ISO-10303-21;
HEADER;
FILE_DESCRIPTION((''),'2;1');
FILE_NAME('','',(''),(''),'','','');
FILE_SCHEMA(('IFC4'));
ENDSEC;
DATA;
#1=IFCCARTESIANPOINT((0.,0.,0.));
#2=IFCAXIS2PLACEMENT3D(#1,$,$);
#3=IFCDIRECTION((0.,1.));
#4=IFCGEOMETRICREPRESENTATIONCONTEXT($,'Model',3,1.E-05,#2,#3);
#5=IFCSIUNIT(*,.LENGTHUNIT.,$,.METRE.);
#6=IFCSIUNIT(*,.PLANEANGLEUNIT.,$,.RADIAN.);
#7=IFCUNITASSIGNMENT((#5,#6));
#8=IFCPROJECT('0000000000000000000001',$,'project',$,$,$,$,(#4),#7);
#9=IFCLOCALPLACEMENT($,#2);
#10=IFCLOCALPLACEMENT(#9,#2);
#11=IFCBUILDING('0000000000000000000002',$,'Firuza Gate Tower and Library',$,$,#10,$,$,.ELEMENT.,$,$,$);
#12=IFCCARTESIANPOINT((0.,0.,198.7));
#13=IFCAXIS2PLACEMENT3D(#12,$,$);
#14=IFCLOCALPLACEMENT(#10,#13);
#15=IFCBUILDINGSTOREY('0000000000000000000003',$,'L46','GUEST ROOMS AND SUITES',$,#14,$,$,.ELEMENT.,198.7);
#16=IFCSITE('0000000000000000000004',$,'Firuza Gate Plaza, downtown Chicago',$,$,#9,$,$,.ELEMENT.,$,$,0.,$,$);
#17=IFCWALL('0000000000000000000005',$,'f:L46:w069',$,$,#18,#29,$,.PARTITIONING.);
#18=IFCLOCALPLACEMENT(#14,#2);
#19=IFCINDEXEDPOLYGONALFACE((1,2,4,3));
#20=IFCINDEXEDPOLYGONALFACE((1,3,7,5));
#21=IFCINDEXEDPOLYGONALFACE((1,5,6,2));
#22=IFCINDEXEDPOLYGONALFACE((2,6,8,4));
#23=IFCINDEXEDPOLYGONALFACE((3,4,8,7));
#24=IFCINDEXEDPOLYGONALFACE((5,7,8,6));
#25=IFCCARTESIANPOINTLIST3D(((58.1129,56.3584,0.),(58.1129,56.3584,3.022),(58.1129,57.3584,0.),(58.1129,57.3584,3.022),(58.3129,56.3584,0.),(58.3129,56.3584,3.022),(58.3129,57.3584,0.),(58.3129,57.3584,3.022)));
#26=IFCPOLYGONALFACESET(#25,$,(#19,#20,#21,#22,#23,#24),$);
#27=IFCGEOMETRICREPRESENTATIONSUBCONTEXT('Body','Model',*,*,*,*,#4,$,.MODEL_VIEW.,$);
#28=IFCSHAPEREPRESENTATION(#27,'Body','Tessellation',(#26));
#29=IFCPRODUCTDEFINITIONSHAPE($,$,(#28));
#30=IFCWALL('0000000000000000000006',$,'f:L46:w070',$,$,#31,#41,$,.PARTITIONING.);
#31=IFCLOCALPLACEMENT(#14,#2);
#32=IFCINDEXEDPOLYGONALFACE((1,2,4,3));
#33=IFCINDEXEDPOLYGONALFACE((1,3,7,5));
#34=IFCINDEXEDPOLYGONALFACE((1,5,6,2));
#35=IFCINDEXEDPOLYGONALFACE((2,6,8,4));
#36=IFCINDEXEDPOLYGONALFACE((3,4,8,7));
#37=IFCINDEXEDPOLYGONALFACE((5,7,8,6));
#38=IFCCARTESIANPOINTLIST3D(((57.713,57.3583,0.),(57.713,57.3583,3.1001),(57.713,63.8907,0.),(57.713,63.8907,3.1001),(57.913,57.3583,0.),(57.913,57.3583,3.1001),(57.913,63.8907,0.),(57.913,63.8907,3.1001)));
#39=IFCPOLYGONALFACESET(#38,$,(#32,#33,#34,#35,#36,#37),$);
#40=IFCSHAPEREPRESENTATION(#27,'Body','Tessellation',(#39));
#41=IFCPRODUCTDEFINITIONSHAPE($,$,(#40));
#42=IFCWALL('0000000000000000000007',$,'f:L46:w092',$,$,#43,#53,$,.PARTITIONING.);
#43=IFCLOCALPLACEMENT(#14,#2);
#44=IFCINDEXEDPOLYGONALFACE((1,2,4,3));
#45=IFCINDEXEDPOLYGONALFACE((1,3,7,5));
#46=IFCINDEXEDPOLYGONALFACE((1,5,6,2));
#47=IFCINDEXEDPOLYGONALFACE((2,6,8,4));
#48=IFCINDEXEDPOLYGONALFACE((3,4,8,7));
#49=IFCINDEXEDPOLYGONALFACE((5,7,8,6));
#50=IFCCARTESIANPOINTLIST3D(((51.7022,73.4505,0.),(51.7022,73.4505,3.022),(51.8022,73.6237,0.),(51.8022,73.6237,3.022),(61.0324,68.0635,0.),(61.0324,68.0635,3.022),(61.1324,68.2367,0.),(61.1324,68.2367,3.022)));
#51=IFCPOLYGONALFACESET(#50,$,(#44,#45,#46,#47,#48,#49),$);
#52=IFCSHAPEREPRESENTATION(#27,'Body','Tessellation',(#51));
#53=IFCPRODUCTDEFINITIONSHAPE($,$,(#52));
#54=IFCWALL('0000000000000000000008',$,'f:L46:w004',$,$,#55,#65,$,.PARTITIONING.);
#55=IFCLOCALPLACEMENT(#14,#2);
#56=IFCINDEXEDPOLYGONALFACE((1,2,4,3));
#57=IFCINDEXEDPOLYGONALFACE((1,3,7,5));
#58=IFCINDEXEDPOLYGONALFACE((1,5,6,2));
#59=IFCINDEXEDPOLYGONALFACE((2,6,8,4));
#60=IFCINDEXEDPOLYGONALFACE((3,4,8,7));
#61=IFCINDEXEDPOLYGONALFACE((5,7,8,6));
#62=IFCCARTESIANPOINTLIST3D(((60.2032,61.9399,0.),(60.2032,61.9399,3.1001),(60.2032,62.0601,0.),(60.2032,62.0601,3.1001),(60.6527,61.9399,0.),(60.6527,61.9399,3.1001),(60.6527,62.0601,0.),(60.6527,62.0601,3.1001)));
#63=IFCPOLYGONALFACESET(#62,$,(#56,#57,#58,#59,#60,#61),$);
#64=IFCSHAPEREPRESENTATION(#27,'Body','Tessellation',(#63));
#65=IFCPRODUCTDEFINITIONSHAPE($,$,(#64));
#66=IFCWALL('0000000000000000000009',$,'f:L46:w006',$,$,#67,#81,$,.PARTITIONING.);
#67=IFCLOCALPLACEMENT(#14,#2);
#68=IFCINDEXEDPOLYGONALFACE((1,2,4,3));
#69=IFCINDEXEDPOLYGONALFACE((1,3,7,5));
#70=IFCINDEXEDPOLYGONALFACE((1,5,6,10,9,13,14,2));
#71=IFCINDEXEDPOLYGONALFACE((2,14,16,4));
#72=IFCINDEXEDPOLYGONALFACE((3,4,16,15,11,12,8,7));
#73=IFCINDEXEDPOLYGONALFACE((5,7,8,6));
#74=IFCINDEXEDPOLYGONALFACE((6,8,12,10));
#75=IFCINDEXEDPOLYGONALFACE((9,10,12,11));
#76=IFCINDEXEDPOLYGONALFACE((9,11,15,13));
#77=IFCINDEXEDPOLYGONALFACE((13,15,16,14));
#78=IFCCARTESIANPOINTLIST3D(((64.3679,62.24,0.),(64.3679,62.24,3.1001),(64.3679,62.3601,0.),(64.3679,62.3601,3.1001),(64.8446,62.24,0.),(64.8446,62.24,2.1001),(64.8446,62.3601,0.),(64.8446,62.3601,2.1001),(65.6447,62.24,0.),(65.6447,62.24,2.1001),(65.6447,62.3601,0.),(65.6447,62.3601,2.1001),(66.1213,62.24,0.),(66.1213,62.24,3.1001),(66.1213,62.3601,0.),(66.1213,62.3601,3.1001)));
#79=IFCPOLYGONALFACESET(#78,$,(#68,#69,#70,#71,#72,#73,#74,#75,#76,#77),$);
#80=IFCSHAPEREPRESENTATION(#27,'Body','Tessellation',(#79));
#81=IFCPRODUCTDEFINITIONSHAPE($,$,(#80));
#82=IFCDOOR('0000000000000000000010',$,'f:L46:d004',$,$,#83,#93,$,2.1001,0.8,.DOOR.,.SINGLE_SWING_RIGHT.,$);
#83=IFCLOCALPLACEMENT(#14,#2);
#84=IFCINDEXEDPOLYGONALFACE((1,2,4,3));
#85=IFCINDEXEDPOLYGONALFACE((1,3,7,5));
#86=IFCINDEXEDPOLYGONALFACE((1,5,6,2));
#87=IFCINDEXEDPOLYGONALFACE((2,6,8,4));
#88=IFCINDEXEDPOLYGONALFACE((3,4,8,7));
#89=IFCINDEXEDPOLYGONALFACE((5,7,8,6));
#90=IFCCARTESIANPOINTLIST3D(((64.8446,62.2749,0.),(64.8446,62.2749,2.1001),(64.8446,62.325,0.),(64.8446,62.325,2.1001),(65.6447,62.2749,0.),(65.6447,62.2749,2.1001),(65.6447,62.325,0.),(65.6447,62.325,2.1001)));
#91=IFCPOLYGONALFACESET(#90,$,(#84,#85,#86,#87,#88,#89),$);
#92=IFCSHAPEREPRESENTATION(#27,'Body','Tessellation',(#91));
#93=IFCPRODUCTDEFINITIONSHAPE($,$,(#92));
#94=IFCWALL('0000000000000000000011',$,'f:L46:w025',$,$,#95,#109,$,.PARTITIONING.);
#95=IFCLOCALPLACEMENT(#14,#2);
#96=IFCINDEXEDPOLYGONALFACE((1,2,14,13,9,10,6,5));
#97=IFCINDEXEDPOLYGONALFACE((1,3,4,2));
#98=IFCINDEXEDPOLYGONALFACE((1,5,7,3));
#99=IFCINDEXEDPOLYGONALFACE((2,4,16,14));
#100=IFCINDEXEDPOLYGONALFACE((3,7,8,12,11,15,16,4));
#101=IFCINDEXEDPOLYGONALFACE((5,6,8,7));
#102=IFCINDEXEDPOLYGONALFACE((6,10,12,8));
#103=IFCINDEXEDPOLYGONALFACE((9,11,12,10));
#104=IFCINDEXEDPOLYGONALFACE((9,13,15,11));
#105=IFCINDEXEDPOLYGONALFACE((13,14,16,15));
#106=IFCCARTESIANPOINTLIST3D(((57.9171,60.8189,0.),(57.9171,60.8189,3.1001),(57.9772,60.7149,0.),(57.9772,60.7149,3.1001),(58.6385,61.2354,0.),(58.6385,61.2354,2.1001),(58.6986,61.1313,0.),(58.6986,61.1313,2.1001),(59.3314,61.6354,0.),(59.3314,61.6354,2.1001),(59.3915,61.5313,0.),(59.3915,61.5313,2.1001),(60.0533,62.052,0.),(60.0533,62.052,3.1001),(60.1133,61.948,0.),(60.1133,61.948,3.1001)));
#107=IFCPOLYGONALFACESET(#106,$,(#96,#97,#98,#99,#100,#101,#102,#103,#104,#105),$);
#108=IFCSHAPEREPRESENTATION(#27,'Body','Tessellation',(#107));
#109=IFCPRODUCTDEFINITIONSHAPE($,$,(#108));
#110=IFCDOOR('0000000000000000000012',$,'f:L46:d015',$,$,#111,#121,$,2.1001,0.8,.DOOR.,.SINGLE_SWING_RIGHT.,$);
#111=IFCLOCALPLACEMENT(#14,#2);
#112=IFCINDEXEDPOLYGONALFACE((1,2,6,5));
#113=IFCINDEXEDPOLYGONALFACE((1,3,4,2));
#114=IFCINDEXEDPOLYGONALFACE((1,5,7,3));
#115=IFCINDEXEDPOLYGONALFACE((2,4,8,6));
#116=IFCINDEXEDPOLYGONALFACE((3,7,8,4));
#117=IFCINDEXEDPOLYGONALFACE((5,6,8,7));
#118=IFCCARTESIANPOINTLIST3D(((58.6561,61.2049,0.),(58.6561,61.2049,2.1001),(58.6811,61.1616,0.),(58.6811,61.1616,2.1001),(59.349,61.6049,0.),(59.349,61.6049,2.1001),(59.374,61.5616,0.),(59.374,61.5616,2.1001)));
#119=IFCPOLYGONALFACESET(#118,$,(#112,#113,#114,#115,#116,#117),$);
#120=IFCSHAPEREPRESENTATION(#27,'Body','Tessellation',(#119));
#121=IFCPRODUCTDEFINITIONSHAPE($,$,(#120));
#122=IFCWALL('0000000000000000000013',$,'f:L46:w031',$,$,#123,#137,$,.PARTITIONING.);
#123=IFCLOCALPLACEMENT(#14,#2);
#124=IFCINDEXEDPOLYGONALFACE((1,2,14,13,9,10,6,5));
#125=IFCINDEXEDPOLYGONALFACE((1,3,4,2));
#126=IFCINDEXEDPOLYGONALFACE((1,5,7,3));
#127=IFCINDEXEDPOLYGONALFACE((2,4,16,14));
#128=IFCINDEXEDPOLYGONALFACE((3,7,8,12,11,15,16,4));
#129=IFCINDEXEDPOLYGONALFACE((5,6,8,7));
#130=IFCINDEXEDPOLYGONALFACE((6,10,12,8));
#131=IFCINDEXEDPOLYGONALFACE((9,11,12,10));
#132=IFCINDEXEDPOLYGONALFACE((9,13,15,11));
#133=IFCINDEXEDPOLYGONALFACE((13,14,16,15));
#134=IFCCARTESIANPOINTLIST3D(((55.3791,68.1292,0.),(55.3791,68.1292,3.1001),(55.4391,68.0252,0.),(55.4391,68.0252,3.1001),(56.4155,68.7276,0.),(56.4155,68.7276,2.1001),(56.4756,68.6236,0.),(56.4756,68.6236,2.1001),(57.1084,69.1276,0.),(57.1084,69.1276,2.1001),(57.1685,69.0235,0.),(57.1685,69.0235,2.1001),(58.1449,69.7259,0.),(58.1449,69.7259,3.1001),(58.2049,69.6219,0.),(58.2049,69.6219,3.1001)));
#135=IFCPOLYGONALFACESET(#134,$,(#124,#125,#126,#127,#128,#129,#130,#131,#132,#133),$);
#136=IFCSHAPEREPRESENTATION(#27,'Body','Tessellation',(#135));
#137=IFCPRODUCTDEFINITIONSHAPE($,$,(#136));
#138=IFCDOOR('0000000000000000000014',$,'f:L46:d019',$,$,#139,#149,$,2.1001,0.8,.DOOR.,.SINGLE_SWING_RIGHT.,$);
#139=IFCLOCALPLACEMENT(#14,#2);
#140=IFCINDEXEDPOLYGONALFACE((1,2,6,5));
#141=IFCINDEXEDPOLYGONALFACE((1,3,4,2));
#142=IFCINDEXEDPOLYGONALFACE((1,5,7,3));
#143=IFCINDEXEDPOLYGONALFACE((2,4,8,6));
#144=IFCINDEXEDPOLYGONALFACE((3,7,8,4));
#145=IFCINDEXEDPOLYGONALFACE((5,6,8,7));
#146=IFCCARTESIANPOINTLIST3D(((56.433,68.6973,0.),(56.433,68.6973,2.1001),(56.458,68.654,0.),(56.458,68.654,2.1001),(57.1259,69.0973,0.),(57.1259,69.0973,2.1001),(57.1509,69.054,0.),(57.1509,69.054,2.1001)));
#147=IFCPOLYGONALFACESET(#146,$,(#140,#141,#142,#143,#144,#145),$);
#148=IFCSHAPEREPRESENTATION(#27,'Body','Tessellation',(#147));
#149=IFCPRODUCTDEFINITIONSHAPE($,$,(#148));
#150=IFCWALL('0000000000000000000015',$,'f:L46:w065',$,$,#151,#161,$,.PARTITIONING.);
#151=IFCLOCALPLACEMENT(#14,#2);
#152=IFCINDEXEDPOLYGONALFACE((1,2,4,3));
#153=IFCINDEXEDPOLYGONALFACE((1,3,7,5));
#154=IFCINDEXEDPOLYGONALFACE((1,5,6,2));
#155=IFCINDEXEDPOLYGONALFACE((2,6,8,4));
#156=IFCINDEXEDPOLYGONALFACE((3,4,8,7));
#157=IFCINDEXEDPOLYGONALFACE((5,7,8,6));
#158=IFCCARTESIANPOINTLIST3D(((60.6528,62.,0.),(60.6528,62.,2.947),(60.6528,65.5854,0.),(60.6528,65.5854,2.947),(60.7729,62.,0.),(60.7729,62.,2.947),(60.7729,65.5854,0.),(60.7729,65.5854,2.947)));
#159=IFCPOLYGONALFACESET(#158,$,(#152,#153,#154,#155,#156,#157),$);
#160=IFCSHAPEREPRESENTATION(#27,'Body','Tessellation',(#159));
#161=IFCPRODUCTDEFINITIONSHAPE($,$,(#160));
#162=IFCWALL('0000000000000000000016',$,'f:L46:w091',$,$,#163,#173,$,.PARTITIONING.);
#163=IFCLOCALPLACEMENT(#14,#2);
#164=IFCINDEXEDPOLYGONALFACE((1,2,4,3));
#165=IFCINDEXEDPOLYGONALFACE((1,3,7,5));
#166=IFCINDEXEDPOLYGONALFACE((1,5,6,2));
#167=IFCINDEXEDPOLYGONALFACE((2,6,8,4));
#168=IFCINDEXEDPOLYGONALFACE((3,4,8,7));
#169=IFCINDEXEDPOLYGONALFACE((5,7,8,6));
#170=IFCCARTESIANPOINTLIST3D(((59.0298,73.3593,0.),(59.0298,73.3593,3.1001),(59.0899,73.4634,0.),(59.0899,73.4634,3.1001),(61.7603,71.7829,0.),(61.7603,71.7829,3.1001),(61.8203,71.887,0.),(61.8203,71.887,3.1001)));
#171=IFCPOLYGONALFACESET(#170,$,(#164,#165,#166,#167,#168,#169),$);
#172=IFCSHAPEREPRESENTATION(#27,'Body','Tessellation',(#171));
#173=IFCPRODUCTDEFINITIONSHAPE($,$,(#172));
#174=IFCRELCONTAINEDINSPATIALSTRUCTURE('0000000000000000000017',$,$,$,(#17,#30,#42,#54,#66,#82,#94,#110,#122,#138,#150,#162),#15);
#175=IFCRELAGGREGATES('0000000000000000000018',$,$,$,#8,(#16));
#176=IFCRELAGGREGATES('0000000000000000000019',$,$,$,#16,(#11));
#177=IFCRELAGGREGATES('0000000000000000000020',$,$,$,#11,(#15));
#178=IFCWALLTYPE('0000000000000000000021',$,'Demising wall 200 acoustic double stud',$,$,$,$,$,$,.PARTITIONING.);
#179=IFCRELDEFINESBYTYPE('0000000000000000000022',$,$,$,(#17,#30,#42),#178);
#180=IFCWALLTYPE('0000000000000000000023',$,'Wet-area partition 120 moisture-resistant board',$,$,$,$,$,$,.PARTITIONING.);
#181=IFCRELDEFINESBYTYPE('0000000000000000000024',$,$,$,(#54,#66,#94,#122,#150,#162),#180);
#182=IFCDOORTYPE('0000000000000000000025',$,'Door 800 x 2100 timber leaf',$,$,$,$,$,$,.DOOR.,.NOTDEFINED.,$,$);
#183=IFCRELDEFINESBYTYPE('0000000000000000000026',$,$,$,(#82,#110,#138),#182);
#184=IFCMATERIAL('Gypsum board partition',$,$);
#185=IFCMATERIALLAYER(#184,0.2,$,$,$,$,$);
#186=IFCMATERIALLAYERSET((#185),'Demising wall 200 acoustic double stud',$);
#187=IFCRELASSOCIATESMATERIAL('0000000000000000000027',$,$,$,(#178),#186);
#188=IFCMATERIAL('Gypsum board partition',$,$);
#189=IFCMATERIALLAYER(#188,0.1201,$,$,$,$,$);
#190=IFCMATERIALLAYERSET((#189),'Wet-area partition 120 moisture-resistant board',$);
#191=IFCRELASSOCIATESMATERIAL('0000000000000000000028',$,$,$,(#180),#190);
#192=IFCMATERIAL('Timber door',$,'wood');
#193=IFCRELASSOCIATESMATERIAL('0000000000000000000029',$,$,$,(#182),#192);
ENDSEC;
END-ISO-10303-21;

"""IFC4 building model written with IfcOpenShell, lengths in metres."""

from ifc_helpers import new_model, si_unit, direction, frame, frame_2d, origin, place, context, subcontext, project, spatial, rectangle, extrude, material, layer, layer_set, type_object, element, fill, save


model = new_model("IFC4")

# Units and contexts
model_context = context("Model", 3, precision=1e-05, world=origin(), true_north=direction((0.0, 1.0)))
body_context = subcontext(model_context, "Body", "Model", "MODEL_VIEW")
ifc_project = project(units=[si_unit("LENGTHUNIT", "METRE"), si_unit("PLANEANGLEUNIT", "RADIAN")], contexts=[model_context])

# Site, building, storey
site_placement = place(None, origin())
site = spatial("IfcSite", under=ifc_project, at=site_placement, Name="Firuza Gate Plaza, downtown Chicago", CompositionType="ELEMENT", RefElevation=0.0)
building_placement = place(site_placement, origin())
building = spatial("IfcBuilding", under=site, at=building_placement, Name="Firuza Gate Tower and Library", CompositionType="ELEMENT")
storey_placement = place(building_placement, frame((0.0, 0.0, 198.7)))
storey = spatial("IfcBuildingStorey", under=building, at=storey_placement, Name="L46", Description="GUEST ROOMS AND SUITES", CompositionType="ELEMENT", Elevation=198.7)

# Walls
ifc_material_1 = material(Name="Gypsum board partition")
ifc_layer_1 = layer(ifc_material_1, 0.2)
ifc_layer_set_1 = layer_set([ifc_layer_1], Name="Demising wall 200 acoustic double stud")
wall_type_1 = type_object("IfcWallType", Name="Demising wall 200 acoustic double stud", PredefinedType="PARTITIONING", material=ifc_layer_set_1)
wall_1_placement = place(storey_placement, frame((58.2129, 56.3584, 0.0), z_axis=(0.0, 0.0, 1.0), x_axis=(0.0, 1.0, 0.0)))
element("IfcWall", 1, at=wall_1_placement, inside=storey, type_object=wall_type_1, Name="f:L46:w069", PredefinedType="PARTITIONING", context=body_context, shape_type="SweptSolid", body=[
    extrude(rectangle(XDim=1.0, YDim=0.2, at=frame_2d((0.5, 0.0))), origin(), (0.0, 0.0, 1.0), 3.022),
])
wall_2_placement = place(storey_placement, frame((57.813, 57.3584, 0.0), z_axis=(0.0, 0.0, 1.0), x_axis=(0.0, 1.0, 0.0)))
element("IfcWall", 2, at=wall_2_placement, inside=storey, type_object=wall_type_1, Name="f:L46:w070", PredefinedType="PARTITIONING", context=body_context, shape_type="SweptSolid", body=[
    extrude(rectangle(XDim=6.5325, YDim=0.2, at=frame_2d((3.2661, 0.0))), origin(), (0.0, 0.0, 1.0), 3.1001),
])
wall_3_placement = place(storey_placement, frame((61.0823, 68.1501, 0.0), z_axis=(0.0, 0.0, 1.0), x_axis=(-0.866016, 0.500017, 0.0)))
element("IfcWall", 3, at=wall_3_placement, inside=storey, type_object=wall_type_1, Name="f:L46:w092", PredefinedType="PARTITIONING", context=body_context, shape_type="SweptSolid", body=[
    extrude(rectangle(XDim=10.7737, YDim=0.2, at=frame_2d((5.3867, 0.0))), origin(), (0.0, 0.0, 1.0), 3.022),
])
ifc_material_2 = material(Name="Gypsum board partition")
ifc_layer_2 = layer(ifc_material_2, 0.1201)
ifc_layer_set_2 = layer_set([ifc_layer_2], Name="Wet-area partition 120 moisture-resistant board")
wall_type_2 = type_object("IfcWallType", Name="Wet-area partition 120 moisture-resistant board", PredefinedType="PARTITIONING", material=ifc_layer_set_2)
wall_4_placement = place(storey_placement, frame((60.2034, 62.0, 0.0), z_axis=(0.0, 0.0, 1.0), x_axis=(1.0, 0.0, 0.0)))
element("IfcWall", 4, at=wall_4_placement, inside=storey, type_object=wall_type_2, Name="f:L46:w004", PredefinedType="PARTITIONING", context=body_context, shape_type="SweptSolid", body=[
    extrude(rectangle(XDim=0.4495, YDim=0.1201, at=frame_2d((0.2246, 0.0))), origin(), (0.0, 0.0, 1.0), 3.1001),
])

# Walls, openings, doors
wall_5_placement = place(storey_placement, frame((64.3679, 62.3, 0.0), z_axis=(0.0, 0.0, 1.0), x_axis=(1.0, 0.0, 0.0)))
wall_5 = element("IfcWall", 5, at=wall_5_placement, inside=storey, type_object=wall_type_2, Name="f:L46:w006", PredefinedType="PARTITIONING", context=body_context, shape_type="SweptSolid", body=[
    extrude(rectangle(XDim=1.7534, YDim=0.1201, at=frame_2d((0.8767, 0.0))), origin(), (0.0, 0.0, 1.0), 3.1001),
])
opening_1_placement = place(wall_5_placement, frame((0.4768, 0.0, 0.0)))
opening_1 = element("IfcOpeningElement", 6, at=opening_1_placement, cuts=wall_5, PredefinedType="OPENING", context=body_context, shape_type="SweptSolid", body=[
    extrude(rectangle(XDim=0.8, YDim=2.1001, at=frame_2d((0.3999, 1.05))), frame((0.0, 0.0701, 0.0), z_axis=(0.0, -1.0, 0.0), x_axis=(1.0, 0.0, 0.0)), (0.0, 0.0, 1.0), 0.1401),
])
ifc_material_3 = material(Name="Timber door", Category="wood")
door_type_1 = type_object("IfcDoorType", Name="Door 800 x 2100 timber leaf", OperationType="NOTDEFINED", PredefinedType="DOOR", material=ifc_material_3)
door_1_placement = place(opening_1_placement, origin())
door_1 = element("IfcDoor", 7, at=door_1_placement, inside=storey, type_object=door_type_1, Name="f:L46:d004", OperationType="SINGLE_SWING_RIGHT", OverallHeight=2.1001, OverallWidth=0.8, PredefinedType="DOOR", context=body_context, shape_type="SweptSolid", body=[
    extrude(rectangle(XDim=0.8, YDim=2.1001, at=frame_2d((0.3999, 1.05))), frame((0.0, 0.0249, 0.0), z_axis=(0.0, -1.0, 0.0), x_axis=(1.0, 0.0, 0.0)), (0.0, 0.0, 1.0), 0.05),
])
fill(opening_1, door_1)
wall_6_placement = place(storey_placement, frame((57.947, 60.7668, 0.0), z_axis=(0.0, 0.0, 1.0), x_axis=(0.86606, 0.49994, 0.0)))
wall_6 = element("IfcWall", 8, at=wall_6_placement, inside=storey, type_object=wall_type_2, Name="f:L46:w025", PredefinedType="PARTITIONING", context=body_context, shape_type="SweptSolid", body=[
    extrude(rectangle(XDim=2.4666, YDim=0.1201, at=frame_2d((1.2334, 0.0))), origin(), (0.0, 0.0, 1.0), 3.1001),
])
opening_2_placement = place(wall_6_placement, frame((0.8333, 0.0, 0.0)))
opening_2 = element("IfcOpeningElement", 9, at=opening_2_placement, cuts=wall_6, PredefinedType="OPENING", context=body_context, shape_type="SweptSolid", body=[
    extrude(rectangle(XDim=0.8, YDim=2.1001, at=frame_2d((0.3999, 1.05))), frame((0.0, 0.0701, 0.0), z_axis=(0.0, -1.0, 0.0), x_axis=(1.0, 0.0, 0.0)), (0.0, 0.0, 1.0), 0.1401),
])
door_2_placement = place(opening_2_placement, origin())
door_2 = element("IfcDoor", 10, at=door_2_placement, inside=storey, type_object=door_type_1, Name="f:L46:d015", OperationType="SINGLE_SWING_RIGHT", OverallHeight=2.1001, OverallWidth=0.8, PredefinedType="DOOR", context=body_context, shape_type="SweptSolid", body=[
    extrude(rectangle(XDim=0.8, YDim=2.1001, at=frame_2d((0.3999, 1.05))), frame((0.0, 0.0249, 0.0), z_axis=(0.0, -1.0, 0.0), x_axis=(1.0, 0.0, 0.0)), (0.0, 0.0, 1.0), 0.05),
])
fill(opening_2, door_2)
wall_7_placement = place(storey_placement, frame((58.1748, 69.6738, 0.0), z_axis=(0.0, 0.0, 1.0), x_axis=(-0.866052, -0.499954, 0.0)))
wall_7 = element("IfcWall", 11, at=wall_7_placement, inside=storey, type_object=wall_type_2, Name="f:L46:w031", PredefinedType="PARTITIONING", context=body_context, shape_type="SweptSolid", body=[
    extrude(rectangle(XDim=3.1936, YDim=0.1201, at=frame_2d((1.5967, 0.0))), origin(), (0.0, 0.0, 1.0), 3.1001),
])
opening_3_placement = place(wall_7_placement, frame((1.1968, 0.0, 0.0)))
opening_3 = element("IfcOpeningElement", 12, at=opening_3_placement, cuts=wall_7, PredefinedType="OPENING", context=body_context, shape_type="SweptSolid", body=[
    extrude(rectangle(XDim=0.8, YDim=2.1001, at=frame_2d((0.3999, 1.05))), frame((0.0, 0.0701, 0.0), z_axis=(0.0, -1.0, 0.0), x_axis=(1.0, 0.0, 0.0)), (0.0, 0.0, 1.0), 0.1401),
])
door_3_placement = place(opening_3_placement, origin())
door_3 = element("IfcDoor", 13, at=door_3_placement, inside=storey, type_object=door_type_1, Name="f:L46:d019", OperationType="SINGLE_SWING_RIGHT", OverallHeight=2.1001, OverallWidth=0.8, PredefinedType="DOOR", context=body_context, shape_type="SweptSolid", body=[
    extrude(rectangle(XDim=0.8, YDim=2.1001, at=frame_2d((0.3999, 1.05))), frame((0.0, 0.0249, 0.0), z_axis=(0.0, -1.0, 0.0), x_axis=(1.0, 0.0, 0.0)), (0.0, 0.0, 1.0), 0.05),
])
fill(opening_3, door_3)

# Walls
wall_8_placement = place(storey_placement, frame((60.7129, 62.0, 0.0), z_axis=(0.0, 0.0, 1.0), x_axis=(0.0, 1.0, 0.0)))
element("IfcWall", 14, at=wall_8_placement, inside=storey, type_object=wall_type_2, Name="f:L46:w065", PredefinedType="PARTITIONING", context=body_context, shape_type="SweptSolid", body=[
    extrude(rectangle(XDim=3.5854, YDim=0.1201, at=frame_2d((1.7927, 0.0))), origin(), (0.0, 0.0, 1.0), 2.947),
])
wall_9_placement = place(storey_placement, frame((61.7903, 71.835, 0.0), z_axis=(0.0, 0.0, 1.0), x_axis=(-0.866028, 0.499995, 0.0)))
element("IfcWall", 15, at=wall_9_placement, inside=storey, type_object=wall_type_2, Name="f:L46:w091", PredefinedType="PARTITIONING", context=body_context, shape_type="SweptSolid", body=[
    extrude(rectangle(XDim=3.1528, YDim=0.1201, at=frame_2d((1.5764, 0.0))), origin(), (0.0, 0.0, 1.0), 3.1001),
])

save(model, "model.ifc")
